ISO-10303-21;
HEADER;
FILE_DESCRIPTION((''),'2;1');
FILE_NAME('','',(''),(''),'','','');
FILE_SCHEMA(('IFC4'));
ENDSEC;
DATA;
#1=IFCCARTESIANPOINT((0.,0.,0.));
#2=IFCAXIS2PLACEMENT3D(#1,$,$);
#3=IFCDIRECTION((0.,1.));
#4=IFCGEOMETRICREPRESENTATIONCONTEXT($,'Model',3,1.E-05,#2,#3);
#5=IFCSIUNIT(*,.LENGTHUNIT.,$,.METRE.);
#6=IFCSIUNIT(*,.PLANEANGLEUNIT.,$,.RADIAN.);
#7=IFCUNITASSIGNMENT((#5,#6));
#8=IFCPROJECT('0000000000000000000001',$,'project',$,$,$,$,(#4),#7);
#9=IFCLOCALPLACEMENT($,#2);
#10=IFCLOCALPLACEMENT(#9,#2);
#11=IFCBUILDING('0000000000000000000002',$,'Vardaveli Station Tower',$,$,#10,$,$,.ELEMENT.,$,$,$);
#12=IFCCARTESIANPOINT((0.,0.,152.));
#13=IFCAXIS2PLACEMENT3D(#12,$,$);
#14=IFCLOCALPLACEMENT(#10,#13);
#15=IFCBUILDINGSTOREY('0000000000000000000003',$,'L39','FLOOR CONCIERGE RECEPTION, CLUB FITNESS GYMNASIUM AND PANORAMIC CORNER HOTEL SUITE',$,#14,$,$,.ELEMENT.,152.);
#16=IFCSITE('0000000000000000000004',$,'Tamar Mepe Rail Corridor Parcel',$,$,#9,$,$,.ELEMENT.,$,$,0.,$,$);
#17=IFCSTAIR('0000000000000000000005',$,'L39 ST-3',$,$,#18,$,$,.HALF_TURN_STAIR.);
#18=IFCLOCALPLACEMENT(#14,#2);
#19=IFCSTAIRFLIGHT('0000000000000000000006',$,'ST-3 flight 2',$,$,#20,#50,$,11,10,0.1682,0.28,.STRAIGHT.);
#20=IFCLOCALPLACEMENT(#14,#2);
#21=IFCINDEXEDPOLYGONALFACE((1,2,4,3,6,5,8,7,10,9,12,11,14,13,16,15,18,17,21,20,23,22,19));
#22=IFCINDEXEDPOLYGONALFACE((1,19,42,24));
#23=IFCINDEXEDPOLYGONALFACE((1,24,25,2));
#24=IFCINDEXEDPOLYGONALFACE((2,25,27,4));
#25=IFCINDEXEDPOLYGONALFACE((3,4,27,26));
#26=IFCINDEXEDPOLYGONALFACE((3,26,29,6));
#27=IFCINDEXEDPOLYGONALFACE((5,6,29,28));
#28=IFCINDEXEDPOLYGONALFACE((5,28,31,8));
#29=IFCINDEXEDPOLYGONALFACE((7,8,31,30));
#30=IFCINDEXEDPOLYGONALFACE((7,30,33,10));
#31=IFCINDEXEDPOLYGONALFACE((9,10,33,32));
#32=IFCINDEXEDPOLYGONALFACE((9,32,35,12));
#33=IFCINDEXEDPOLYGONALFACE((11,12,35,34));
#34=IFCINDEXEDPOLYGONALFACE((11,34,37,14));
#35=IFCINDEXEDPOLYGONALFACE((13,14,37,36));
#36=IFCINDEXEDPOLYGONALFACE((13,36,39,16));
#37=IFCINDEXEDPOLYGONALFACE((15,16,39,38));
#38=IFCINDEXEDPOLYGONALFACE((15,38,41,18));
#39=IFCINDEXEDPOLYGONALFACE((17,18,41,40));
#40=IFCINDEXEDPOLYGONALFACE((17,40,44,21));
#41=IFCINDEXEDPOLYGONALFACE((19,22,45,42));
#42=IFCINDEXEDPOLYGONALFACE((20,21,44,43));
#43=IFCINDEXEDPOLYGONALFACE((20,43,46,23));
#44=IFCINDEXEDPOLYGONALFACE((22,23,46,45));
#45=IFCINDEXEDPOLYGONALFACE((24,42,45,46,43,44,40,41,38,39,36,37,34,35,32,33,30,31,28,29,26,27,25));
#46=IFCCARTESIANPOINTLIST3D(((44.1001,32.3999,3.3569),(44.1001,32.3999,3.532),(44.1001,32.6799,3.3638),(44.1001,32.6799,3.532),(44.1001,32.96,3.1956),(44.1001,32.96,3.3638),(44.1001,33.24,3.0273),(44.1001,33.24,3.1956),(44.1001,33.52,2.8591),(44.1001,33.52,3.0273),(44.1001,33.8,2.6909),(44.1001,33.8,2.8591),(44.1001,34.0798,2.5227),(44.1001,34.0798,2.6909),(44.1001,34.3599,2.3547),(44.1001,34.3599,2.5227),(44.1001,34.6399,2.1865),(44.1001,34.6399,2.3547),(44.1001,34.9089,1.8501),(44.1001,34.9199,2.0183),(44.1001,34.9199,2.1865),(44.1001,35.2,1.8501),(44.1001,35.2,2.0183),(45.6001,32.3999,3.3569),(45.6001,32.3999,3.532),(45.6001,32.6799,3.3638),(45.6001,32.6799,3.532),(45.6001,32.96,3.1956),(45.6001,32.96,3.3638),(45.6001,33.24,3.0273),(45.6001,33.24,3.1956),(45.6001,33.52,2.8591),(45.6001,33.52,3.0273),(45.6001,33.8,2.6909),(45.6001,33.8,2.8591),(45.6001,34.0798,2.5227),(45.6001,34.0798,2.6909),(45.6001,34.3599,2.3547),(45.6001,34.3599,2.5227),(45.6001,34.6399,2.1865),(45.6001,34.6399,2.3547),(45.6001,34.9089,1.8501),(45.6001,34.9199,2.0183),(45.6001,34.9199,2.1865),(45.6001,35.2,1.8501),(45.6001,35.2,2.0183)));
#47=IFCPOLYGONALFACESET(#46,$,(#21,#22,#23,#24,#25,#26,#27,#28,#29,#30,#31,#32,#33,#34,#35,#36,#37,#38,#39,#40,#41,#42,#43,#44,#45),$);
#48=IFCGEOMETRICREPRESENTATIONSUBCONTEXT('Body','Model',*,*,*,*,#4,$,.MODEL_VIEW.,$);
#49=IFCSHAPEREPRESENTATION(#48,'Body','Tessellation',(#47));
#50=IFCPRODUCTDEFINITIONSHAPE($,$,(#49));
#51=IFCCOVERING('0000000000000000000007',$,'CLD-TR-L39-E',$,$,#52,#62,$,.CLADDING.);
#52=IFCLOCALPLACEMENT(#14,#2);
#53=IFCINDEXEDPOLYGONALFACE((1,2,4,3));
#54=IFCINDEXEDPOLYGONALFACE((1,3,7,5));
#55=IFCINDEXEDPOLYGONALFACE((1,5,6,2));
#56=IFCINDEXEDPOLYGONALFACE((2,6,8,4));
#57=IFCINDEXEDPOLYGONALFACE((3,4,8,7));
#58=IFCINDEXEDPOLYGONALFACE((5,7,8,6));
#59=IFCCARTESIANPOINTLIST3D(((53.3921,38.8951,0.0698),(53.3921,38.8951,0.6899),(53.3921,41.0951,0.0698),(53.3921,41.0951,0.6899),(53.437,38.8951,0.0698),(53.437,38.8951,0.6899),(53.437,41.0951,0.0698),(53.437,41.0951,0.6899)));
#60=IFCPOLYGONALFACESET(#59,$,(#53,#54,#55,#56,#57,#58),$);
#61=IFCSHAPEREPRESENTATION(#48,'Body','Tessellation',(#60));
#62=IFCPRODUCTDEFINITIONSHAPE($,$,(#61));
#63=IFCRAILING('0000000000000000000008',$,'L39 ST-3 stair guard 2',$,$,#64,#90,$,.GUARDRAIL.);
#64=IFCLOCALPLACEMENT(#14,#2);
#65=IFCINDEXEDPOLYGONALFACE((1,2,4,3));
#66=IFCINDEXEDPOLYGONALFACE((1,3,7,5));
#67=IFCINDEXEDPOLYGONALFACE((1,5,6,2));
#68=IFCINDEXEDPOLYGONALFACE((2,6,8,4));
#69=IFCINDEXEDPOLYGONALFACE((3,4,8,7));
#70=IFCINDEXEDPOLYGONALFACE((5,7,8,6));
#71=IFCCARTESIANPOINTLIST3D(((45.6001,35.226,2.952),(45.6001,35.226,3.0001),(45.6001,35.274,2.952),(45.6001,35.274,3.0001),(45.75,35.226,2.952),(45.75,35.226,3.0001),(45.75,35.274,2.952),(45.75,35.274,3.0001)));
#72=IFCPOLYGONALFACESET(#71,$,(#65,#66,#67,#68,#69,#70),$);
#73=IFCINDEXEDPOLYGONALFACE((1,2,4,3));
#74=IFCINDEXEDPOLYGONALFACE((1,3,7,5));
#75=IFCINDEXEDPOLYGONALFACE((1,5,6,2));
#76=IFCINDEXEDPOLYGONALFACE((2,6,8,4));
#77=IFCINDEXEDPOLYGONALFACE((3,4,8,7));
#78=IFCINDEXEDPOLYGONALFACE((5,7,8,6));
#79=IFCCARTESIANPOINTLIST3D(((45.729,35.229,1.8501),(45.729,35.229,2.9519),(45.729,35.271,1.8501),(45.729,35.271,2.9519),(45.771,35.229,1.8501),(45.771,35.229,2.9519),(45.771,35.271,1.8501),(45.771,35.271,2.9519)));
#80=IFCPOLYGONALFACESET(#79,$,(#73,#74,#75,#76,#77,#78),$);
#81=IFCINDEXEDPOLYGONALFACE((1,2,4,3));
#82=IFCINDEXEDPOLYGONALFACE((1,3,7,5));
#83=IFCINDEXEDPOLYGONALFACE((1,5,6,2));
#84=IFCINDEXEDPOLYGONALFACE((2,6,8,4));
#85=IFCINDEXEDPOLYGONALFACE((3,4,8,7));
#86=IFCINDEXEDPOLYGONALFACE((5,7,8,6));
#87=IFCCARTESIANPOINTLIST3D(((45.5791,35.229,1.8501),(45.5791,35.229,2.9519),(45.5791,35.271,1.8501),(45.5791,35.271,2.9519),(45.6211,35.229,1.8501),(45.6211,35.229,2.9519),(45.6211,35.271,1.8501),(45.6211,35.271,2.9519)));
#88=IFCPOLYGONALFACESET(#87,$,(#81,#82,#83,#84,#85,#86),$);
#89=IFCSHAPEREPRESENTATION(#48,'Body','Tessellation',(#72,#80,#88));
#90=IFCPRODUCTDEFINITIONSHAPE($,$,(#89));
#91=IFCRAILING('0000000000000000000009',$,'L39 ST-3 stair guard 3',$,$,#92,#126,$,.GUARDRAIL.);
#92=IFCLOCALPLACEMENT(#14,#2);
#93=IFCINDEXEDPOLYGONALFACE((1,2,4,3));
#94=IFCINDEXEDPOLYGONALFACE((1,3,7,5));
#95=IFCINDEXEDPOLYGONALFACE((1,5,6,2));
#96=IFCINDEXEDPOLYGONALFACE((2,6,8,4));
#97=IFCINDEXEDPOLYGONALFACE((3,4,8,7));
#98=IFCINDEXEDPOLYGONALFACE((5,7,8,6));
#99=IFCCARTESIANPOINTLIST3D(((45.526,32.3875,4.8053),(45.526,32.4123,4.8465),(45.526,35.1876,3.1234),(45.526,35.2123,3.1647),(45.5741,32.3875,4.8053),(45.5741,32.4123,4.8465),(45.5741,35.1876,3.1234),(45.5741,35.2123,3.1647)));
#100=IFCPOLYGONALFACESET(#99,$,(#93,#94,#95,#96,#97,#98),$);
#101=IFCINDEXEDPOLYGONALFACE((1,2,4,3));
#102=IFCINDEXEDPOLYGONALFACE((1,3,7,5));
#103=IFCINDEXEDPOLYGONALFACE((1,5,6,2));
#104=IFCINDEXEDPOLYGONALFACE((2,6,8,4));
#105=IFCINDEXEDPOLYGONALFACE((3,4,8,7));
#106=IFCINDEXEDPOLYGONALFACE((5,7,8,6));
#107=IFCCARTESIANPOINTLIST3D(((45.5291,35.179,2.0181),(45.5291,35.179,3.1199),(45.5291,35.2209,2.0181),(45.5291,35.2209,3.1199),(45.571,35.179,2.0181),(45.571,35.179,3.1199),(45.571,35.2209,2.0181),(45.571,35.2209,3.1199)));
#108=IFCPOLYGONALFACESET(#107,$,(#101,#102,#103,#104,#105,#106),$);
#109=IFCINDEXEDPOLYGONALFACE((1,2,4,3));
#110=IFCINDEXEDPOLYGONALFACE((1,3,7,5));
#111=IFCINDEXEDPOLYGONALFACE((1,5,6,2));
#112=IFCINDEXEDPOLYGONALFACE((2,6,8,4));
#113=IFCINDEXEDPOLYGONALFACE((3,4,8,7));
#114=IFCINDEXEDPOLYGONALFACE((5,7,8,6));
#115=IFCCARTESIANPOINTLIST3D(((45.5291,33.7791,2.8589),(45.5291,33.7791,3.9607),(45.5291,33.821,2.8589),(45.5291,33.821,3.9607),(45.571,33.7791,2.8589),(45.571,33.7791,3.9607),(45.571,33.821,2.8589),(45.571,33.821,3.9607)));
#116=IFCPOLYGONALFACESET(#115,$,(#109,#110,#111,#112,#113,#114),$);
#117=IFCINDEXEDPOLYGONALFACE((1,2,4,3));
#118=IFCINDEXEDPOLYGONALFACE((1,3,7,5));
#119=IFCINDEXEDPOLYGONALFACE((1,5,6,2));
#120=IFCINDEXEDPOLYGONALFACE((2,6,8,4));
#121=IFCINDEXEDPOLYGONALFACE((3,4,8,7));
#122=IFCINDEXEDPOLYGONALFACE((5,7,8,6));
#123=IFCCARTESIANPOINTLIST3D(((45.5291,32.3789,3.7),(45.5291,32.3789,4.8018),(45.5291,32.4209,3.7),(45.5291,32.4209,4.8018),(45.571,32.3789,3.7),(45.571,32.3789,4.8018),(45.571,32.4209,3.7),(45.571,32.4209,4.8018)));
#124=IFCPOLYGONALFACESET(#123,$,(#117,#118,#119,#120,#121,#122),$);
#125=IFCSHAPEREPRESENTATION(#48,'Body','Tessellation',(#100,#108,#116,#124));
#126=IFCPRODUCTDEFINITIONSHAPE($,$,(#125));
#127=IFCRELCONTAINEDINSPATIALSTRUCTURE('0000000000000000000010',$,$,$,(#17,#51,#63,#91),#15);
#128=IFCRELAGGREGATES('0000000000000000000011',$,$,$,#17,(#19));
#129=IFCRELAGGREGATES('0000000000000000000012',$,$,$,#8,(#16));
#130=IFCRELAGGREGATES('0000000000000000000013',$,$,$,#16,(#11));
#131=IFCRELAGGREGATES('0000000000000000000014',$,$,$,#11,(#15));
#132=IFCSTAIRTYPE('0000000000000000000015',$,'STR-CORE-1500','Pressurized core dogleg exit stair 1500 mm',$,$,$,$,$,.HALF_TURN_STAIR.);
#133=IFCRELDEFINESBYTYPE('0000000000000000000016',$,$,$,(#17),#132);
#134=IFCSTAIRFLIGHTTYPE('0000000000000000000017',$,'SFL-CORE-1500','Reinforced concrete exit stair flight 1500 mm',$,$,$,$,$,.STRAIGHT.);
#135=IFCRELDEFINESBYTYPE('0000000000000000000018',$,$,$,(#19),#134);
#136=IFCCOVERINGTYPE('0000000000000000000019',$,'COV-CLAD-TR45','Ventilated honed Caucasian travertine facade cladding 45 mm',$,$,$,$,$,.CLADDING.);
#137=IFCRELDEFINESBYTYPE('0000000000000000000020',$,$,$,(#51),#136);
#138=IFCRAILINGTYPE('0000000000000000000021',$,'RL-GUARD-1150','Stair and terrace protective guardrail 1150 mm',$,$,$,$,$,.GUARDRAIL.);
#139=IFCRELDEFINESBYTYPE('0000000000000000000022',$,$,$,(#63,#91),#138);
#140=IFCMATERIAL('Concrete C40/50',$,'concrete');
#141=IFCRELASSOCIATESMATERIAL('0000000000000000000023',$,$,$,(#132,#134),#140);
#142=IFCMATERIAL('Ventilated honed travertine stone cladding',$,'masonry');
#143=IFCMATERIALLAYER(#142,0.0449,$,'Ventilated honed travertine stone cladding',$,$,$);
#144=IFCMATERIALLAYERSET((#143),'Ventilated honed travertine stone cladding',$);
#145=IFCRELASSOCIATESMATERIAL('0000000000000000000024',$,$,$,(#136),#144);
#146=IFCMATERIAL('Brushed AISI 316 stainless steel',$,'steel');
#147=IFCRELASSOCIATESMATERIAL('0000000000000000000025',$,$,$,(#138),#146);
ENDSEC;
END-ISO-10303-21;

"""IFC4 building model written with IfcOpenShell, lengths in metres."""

from ifc_helpers import new_model, si_unit, direction, frame, origin, origin_2d, place, context, subcontext, project, spatial, polyline, rectangle, outline, extrude, source, transform, mapped, material, layer, layer_set, type_object, element, aggregate, save


model = new_model("IFC4")

# Units and contexts
model_context = context("Model", 3, precision=1e-05, world=origin(), true_north=direction((0.0, 1.0)))
body_context = subcontext(model_context, "Body", "Model", "MODEL_VIEW")
ifc_project = project(units=[si_unit("LENGTHUNIT", "METRE"), si_unit("PLANEANGLEUNIT", "RADIAN")], contexts=[model_context])

# Site, building, storey
site_placement = place(None, origin())
site = spatial("IfcSite", under=ifc_project, at=site_placement, Name="Tamar Mepe Rail Corridor Parcel", CompositionType="ELEMENT", RefElevation=0.0)
building_placement = place(site_placement, origin())
building = spatial("IfcBuilding", under=site, at=building_placement, Name="Vardaveli Station Tower", CompositionType="ELEMENT")
storey_placement = place(building_placement, frame((0.0, 0.0, 152.0)))
storey = spatial("IfcBuildingStorey", under=building, at=storey_placement, Name="L39", Description="FLOOR CONCIERGE RECEPTION, CLUB FITNESS GYMNASIUM AND PANORAMIC CORNER HOTEL SUITE", CompositionType="ELEMENT", Elevation=152.0)

# Shared definitions
ifc_material_1 = material(Name="Concrete C40/50", Category="concrete")

# Stair, stair flight
stair_type = type_object("IfcStairType", Name="STR-CORE-1500", Description="Pressurized core dogleg exit stair 1500 mm", PredefinedType="HALF_TURN_STAIR", material=ifc_material_1)
stair_placement = place(storey_placement, origin())
stair = element("IfcStair", 1, at=stair_placement, inside=storey, type_object=stair_type, Name="L39 ST-3", PredefinedType="HALF_TURN_STAIR")
stair_flight_type = type_object("IfcStairFlightType", Name="SFL-CORE-1500", Description="Reinforced concrete exit stair flight 1500 mm", PredefinedType="STRAIGHT", material=ifc_material_1)
shared_shape_1 = source(origin(), body_context, "Body", "SweptSolid", [
    extrude(outline(polyline([(0.0, 0.0), (0.0, 0.1682), (0.28, 0.1682), (0.28, 0.3364), (0.5601, 0.3364), (0.5601, 0.5046), (0.8401, 0.5046), (0.8401, 0.6726), (1.1201, 0.6726), (1.1201, 0.8408), (1.3999, 0.8408), (1.3999, 1.009), (1.6799, 1.009), (1.6799, 1.1772), (1.96, 1.1772), (1.96, 1.3455), (2.24, 1.3455), (2.24, 1.5137), (2.52, 1.5137), (2.52, 1.6819), (2.8, 1.6819), (2.8, 1.8501), (2.8, 1.5068), (0.291, 0.0), (0.0, 0.0)])), frame((0.0, 0.75, 0.0), z_axis=(0.0, -1.0, 0.0), x_axis=(1.0, 0.0, 0.0)), (0.0, 0.0, 1.0), 1.5),
])
stair_flight_placement = place(storey_placement, frame((44.8501, 35.2, 1.8501), z_axis=(0.0, 0.0, 1.0), x_axis=(0.0, -1.0, 0.0)))
stair_flight = element("IfcStairFlight", 2, at=stair_flight_placement, type_object=stair_flight_type, Name="ST-3 flight 2", NumberOfRisers=11, NumberOfTreads=10, PredefinedType="STRAIGHT", RiserHeight=0.1682, TreadLength=0.28, context=body_context, shape_type="MappedRepresentation", body=[
    mapped(shared_shape_1, transform((0.0, 0.0, 0.0), scale=1.0)),
])
aggregate(stair, [stair_flight])

# Covering
ifc_material_2 = material(Name="Ventilated honed travertine stone cladding", Category="masonry")
ifc_layer_1 = layer(ifc_material_2, 0.0449, Name="Ventilated honed travertine stone cladding")
ifc_layer_set_1 = layer_set([ifc_layer_1], Name="Ventilated honed travertine stone cladding")
covering_type = type_object("IfcCoveringType", Name="COV-CLAD-TR45", Description="Ventilated honed Caucasian travertine facade cladding 45 mm", PredefinedType="CLADDING", material=ifc_layer_set_1)
shared_shape_2 = source(origin(), body_context, "Body", "SweptSolid", [
    extrude(rectangle(XDim=2.2, YDim=0.0449, at=origin_2d()), origin(), (0.0, 0.0, 1.0), 0.6201),
])
covering_placement = place(storey_placement, frame((53.4146, 39.9951, 0.0698), z_axis=(0.0, 0.0, 1.0), x_axis=(0.0, 1.0, 0.0)))
element("IfcCovering", 3, at=covering_placement, inside=storey, type_object=covering_type, Name="CLD-TR-L39-E", PredefinedType="CLADDING", context=body_context, shape_type="MappedRepresentation", body=[
    mapped(shared_shape_2, transform((0.0, 0.0, 0.0), scale=1.0)),
])

# Railings
ifc_material_3 = material(Name="Brushed AISI 316 stainless steel", Category="steel")
railing_type = type_object("IfcRailingType", Name="RL-GUARD-1150", Description="Stair and terrace protective guardrail 1150 mm", PredefinedType="GUARDRAIL", material=ifc_material_3)
shared_shape_3 = source(origin(), body_context, "Body", "SweptSolid", [
    extrude(rectangle(XDim=0.0481, YDim=0.0481, at=origin_2d()), frame((0.0, 0.0, 1.126), z_axis=(-1.0, 0.0, 0.0), x_axis=(0.0, -1.0, 0.0)), (0.0, 0.0, 1.0), 0.1499),
    extrude(rectangle(XDim=0.042, YDim=0.042, at=origin_2d()), origin(), (0.0, 0.0, 1.0), 1.1018),
    extrude(rectangle(XDim=0.042, YDim=0.042, at=origin_2d()), frame((-0.1499, 0.0, 0.0)), (0.0, 0.0, 1.0), 1.1018),
])
railing_1_placement = place(storey_placement, frame((45.75, 35.25, 1.8501)))
element("IfcRailing", 4, at=railing_1_placement, inside=storey, type_object=railing_type, Name="L39 ST-3 stair guard 2", PredefinedType="GUARDRAIL", context=body_context, shape_type="MappedRepresentation", body=[
    mapped(shared_shape_3, transform((0.0, 0.0, 0.0), scale=1.0)),
])
shared_shape_4 = source(origin(), body_context, "Body", "SweptSolid", [
    extrude(rectangle(XDim=0.0481, YDim=0.0481, at=origin_2d()), frame((0.0, 0.0, 1.126), z_axis=(0.0, -0.857242, 0.514913), x_axis=(1.0, 0.0, 0.0)), (0.0, 0.0, 1.0), 3.2664),
    extrude(rectangle(XDim=0.042, YDim=0.042, at=origin_2d()), origin(), (0.0, 0.0, 1.0), 1.1018),
    extrude(rectangle(XDim=0.042, YDim=0.042, at=origin_2d()), frame((0.0, -1.3999, 0.8408)), (0.0, 0.0, 1.0), 1.1018),
    extrude(rectangle(XDim=0.042, YDim=0.042, at=origin_2d()), frame((0.0, -2.8, 1.6819)), (0.0, 0.0, 1.0), 1.1018),
])
railing_2_placement = place(storey_placement, frame((45.55, 35.2, 2.0181)))
element("IfcRailing", 5, at=railing_2_placement, inside=storey, type_object=railing_type, Name="L39 ST-3 stair guard 3", PredefinedType="GUARDRAIL", context=body_context, shape_type="MappedRepresentation", body=[
    mapped(shared_shape_4, transform((0.0, 0.0, 0.0), scale=1.0)),
])

save(model, "model.ifc")
